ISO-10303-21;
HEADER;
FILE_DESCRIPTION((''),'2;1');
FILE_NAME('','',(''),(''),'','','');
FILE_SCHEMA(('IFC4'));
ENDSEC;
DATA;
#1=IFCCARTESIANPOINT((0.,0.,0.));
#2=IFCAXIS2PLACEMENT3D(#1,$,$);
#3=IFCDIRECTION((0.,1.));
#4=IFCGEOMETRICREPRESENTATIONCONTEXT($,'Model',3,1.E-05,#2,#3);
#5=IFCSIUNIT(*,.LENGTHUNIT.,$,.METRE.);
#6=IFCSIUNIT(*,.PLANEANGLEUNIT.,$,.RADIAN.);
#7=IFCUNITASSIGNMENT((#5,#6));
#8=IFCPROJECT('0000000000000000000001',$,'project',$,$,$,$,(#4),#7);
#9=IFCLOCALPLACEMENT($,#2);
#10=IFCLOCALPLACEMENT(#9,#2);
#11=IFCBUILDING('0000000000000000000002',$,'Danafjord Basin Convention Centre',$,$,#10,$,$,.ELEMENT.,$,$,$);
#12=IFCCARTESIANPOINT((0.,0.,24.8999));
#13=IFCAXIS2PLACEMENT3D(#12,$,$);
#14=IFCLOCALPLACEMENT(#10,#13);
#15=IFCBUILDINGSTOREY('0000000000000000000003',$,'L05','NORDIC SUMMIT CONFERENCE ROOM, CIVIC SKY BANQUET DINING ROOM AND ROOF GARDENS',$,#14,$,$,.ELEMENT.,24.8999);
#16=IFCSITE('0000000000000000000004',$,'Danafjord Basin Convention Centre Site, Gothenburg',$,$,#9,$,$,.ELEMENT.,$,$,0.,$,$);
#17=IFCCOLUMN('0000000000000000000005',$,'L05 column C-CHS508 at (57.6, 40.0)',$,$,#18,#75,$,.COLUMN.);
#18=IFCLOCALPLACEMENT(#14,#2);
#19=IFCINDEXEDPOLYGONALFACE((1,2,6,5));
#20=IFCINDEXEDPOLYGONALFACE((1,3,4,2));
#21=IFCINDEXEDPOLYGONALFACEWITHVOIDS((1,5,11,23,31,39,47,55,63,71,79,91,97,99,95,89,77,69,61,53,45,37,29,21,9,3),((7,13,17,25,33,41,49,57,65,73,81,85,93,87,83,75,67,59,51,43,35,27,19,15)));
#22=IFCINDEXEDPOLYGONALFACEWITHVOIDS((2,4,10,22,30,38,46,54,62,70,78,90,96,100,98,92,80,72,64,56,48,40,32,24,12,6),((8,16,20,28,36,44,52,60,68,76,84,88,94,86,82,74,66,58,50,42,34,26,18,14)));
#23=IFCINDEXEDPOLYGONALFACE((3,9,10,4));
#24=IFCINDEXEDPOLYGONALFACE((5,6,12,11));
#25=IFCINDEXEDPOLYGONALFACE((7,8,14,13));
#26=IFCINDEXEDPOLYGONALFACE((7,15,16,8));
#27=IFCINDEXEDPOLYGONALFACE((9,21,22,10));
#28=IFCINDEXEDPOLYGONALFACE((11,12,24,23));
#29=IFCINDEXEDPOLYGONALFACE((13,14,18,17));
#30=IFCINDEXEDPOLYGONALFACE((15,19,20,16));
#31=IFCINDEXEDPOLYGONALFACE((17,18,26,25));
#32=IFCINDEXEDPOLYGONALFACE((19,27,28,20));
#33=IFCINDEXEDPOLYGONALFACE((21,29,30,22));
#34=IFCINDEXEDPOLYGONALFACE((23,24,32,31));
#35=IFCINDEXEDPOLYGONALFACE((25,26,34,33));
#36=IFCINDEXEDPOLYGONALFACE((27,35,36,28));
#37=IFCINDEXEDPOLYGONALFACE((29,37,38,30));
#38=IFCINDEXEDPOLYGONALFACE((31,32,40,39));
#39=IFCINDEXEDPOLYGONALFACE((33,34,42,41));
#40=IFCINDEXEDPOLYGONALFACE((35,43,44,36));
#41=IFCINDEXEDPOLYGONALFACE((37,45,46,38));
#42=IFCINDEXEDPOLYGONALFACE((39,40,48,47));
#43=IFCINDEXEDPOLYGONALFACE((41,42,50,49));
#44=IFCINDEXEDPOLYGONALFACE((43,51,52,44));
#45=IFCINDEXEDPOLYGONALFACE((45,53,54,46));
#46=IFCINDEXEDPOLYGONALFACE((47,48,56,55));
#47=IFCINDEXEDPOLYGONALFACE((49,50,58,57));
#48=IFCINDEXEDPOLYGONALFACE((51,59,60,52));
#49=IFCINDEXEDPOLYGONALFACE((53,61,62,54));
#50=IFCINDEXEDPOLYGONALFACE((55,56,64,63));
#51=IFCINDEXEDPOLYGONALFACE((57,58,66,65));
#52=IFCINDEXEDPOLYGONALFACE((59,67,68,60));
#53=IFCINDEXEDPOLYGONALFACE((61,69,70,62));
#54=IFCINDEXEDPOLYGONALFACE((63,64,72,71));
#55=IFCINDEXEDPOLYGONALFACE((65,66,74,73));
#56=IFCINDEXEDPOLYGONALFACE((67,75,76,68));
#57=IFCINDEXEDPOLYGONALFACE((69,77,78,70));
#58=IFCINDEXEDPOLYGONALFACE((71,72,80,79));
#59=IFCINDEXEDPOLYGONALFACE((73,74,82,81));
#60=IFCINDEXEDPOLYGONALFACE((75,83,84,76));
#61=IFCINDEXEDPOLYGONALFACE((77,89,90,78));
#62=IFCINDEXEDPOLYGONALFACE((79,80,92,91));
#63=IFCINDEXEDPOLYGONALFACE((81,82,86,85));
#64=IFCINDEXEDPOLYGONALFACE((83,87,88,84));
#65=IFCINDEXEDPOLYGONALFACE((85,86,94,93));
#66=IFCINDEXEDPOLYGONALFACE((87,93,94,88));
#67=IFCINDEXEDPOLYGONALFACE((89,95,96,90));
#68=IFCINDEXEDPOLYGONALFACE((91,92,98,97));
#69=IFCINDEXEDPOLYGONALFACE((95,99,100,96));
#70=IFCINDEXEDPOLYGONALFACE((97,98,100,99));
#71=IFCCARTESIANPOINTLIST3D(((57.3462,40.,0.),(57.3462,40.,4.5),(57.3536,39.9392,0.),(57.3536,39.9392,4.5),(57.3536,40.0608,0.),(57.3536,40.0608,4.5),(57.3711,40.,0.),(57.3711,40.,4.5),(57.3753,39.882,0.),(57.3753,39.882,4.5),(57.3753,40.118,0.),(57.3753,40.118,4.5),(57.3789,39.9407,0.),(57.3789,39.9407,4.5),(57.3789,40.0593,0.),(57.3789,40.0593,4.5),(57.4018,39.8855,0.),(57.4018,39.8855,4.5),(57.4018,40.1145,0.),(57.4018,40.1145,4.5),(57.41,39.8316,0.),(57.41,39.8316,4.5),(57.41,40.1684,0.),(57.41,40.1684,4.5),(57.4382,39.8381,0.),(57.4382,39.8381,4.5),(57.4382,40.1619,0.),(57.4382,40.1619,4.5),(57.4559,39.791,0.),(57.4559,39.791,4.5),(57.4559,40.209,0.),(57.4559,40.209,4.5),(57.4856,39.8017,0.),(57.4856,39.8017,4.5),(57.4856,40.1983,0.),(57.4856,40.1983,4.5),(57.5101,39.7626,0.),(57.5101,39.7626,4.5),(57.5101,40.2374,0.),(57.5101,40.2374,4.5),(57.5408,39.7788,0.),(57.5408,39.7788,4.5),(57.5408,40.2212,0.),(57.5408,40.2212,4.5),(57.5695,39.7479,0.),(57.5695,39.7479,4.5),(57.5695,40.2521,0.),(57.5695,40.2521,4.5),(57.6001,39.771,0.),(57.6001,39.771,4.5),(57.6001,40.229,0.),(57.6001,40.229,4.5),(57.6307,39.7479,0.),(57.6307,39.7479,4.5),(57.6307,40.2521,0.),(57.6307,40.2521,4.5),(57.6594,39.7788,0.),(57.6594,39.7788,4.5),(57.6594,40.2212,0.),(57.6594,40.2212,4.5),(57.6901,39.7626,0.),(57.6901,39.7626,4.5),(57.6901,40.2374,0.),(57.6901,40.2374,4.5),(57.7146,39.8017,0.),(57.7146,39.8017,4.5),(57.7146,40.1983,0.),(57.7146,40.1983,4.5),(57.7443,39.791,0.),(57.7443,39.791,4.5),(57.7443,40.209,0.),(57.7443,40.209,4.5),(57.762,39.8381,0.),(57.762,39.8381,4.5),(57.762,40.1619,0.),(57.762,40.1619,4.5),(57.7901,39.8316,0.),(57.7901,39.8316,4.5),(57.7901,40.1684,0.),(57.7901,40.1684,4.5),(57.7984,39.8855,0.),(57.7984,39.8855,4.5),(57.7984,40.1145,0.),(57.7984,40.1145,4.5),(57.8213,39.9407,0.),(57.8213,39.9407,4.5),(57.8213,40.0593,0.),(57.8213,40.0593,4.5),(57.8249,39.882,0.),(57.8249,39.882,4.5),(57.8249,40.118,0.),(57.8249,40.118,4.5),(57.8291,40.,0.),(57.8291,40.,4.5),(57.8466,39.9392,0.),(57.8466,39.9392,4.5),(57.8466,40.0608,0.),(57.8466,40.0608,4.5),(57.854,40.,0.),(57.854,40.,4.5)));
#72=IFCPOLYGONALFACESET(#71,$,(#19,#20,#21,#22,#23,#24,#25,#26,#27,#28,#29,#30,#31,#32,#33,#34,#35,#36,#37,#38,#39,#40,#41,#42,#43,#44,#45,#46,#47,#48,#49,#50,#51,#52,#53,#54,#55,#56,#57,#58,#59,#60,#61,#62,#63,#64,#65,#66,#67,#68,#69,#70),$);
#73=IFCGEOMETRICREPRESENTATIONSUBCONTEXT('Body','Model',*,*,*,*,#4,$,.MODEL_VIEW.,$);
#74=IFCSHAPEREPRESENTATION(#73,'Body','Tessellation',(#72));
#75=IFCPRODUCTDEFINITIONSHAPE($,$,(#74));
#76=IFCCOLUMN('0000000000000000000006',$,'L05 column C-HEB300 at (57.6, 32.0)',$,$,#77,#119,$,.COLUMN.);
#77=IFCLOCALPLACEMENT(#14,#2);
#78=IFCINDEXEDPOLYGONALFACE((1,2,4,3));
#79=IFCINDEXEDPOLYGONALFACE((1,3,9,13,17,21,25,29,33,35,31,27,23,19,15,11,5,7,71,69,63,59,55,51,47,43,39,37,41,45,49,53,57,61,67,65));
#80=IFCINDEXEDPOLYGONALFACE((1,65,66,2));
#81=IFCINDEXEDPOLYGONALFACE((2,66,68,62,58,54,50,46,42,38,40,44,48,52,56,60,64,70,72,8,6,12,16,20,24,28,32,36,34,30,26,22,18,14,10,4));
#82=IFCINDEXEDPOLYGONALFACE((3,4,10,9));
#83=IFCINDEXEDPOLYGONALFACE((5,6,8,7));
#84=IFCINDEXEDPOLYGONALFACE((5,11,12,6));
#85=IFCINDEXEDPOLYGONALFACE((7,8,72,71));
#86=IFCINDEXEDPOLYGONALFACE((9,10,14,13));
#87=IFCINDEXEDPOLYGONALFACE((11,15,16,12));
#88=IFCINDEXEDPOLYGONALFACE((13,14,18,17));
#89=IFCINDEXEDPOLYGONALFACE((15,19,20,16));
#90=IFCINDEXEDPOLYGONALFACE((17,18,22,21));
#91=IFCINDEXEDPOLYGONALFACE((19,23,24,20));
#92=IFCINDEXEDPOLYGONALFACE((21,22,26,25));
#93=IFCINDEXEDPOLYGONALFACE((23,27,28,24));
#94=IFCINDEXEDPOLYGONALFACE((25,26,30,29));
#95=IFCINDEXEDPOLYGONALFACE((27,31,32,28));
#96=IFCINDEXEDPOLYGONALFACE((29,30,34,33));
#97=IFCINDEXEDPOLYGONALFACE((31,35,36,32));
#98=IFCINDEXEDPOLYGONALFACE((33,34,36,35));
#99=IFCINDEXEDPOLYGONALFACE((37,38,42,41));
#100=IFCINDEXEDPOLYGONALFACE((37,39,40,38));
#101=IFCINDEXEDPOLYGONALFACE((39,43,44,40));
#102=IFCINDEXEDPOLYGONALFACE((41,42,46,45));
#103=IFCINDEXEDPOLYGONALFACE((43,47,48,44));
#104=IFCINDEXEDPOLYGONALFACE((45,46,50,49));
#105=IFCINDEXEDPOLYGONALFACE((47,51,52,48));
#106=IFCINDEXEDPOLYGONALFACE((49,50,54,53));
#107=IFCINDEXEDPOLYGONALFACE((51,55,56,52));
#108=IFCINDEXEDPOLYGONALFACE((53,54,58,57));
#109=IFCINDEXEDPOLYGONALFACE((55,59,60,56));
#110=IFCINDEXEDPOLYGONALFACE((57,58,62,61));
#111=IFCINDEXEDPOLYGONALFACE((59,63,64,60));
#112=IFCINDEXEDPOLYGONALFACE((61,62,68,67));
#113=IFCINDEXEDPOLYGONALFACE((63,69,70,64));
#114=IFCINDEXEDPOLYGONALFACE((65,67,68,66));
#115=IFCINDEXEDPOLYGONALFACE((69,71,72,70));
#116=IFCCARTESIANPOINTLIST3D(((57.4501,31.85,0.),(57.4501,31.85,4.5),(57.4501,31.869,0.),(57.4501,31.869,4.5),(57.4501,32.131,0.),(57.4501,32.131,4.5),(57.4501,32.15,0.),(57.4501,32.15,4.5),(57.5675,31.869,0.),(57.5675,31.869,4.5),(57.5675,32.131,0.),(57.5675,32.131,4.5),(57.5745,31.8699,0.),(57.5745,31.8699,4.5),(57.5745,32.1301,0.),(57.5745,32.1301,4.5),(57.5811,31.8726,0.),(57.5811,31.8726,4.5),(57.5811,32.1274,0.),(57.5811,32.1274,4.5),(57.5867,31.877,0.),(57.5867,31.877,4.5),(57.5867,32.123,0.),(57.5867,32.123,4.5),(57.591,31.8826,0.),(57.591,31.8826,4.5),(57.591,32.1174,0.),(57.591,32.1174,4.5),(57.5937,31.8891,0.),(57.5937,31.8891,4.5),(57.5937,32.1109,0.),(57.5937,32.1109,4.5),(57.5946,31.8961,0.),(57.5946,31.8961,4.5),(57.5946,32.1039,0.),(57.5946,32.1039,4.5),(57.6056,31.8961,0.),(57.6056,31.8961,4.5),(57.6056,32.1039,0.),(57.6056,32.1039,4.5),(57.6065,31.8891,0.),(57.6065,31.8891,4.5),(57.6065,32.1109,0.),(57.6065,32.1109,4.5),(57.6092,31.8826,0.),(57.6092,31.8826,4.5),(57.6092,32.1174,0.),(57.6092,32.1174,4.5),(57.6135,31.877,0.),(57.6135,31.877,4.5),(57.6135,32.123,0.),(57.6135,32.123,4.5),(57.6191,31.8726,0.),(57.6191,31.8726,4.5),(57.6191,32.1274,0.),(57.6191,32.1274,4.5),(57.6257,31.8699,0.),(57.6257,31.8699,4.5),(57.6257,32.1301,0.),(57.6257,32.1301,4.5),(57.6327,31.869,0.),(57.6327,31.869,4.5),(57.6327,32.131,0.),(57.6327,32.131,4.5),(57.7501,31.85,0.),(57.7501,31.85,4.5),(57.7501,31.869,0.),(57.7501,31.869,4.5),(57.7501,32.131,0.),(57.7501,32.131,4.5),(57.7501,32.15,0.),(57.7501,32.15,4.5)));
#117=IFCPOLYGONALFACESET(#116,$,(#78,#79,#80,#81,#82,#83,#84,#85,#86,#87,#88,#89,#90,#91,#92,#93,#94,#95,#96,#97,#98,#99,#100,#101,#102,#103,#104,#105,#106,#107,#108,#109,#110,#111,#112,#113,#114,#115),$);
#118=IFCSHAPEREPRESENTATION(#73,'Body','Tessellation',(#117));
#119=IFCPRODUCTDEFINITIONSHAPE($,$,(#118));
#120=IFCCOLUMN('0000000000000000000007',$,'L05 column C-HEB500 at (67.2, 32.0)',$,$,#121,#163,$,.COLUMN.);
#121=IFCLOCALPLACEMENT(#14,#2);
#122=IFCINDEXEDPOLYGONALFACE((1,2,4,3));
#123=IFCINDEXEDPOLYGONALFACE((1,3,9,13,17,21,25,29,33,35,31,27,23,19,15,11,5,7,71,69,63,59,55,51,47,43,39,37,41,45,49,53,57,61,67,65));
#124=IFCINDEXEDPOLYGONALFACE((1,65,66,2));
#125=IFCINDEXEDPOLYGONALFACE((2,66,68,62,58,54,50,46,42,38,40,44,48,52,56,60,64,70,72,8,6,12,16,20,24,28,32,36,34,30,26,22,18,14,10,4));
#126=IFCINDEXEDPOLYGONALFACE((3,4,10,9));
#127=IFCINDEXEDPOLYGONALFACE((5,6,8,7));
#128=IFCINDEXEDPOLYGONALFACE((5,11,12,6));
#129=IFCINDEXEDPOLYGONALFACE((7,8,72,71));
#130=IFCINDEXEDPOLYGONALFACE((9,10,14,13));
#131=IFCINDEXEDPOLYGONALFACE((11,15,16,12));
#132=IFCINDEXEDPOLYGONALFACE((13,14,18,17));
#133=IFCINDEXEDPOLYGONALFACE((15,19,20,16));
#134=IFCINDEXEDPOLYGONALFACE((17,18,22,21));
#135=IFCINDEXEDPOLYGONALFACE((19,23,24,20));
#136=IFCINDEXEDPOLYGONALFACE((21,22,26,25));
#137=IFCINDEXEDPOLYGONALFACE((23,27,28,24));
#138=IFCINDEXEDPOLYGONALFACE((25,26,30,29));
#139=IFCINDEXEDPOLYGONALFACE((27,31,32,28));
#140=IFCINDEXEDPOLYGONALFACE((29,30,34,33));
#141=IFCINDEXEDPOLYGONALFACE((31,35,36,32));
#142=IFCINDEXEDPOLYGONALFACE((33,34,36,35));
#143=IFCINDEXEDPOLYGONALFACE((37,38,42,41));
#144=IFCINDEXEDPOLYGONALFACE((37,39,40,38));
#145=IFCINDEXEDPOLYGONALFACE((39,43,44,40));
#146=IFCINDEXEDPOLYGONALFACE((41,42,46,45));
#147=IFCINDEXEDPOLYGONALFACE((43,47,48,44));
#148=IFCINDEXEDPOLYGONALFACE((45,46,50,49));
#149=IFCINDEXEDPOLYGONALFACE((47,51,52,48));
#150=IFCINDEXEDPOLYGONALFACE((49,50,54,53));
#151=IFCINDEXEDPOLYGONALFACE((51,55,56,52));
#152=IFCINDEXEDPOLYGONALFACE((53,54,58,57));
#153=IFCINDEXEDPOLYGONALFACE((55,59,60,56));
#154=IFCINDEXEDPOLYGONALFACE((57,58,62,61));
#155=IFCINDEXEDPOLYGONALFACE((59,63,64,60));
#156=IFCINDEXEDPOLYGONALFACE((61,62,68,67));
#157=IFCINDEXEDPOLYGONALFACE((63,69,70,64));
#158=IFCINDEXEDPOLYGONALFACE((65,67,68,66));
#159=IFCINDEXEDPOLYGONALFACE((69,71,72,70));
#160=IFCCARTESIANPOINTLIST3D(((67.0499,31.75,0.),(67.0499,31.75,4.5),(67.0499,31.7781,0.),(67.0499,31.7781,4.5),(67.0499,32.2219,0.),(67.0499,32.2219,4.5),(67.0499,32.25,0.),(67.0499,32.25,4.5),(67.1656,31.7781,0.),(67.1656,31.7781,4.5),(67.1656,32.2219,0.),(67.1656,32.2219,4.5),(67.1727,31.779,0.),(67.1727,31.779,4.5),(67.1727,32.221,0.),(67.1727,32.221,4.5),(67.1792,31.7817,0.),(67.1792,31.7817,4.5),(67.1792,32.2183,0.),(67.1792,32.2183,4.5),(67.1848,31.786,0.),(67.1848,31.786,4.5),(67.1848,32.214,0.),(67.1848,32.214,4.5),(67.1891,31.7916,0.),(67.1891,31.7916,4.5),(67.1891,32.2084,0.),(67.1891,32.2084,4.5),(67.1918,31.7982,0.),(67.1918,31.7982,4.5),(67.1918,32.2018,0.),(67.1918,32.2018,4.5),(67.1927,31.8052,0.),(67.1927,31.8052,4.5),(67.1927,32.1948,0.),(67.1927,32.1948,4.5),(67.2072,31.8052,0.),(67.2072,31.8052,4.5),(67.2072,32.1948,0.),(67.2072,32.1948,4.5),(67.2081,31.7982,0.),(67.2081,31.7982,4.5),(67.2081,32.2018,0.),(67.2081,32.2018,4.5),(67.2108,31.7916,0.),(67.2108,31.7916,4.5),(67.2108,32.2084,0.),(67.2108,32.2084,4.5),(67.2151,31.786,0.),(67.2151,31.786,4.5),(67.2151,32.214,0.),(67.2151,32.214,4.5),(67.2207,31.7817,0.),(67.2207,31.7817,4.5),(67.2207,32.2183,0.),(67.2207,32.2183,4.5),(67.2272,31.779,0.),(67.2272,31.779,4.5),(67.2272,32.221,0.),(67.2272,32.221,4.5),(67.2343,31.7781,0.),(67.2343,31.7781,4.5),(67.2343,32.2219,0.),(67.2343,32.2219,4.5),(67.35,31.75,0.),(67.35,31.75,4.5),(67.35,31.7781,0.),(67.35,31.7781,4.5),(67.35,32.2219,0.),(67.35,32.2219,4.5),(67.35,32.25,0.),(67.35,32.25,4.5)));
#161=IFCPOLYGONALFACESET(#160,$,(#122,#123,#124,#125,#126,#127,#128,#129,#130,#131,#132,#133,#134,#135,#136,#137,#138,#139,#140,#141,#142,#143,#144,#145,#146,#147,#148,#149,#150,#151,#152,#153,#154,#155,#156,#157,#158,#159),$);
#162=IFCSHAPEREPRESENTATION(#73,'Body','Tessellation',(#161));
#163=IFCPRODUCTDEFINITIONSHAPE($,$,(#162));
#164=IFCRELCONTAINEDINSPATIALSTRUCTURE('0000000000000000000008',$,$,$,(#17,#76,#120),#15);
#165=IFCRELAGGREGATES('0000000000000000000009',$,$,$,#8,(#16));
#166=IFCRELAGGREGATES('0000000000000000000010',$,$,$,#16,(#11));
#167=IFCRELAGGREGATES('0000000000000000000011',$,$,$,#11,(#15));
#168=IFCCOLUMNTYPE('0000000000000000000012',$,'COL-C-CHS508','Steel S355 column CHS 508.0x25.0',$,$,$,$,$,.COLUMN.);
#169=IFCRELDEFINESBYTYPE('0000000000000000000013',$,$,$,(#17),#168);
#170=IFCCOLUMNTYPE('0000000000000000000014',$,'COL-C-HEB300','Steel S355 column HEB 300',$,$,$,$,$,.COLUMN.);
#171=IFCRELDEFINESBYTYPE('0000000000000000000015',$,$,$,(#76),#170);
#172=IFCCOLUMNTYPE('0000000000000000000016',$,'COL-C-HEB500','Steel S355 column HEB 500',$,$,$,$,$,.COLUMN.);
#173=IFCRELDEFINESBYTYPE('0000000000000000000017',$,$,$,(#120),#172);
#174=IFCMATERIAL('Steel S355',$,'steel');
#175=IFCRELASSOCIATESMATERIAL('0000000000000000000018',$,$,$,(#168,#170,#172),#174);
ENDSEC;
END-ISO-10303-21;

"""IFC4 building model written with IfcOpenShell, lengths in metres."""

from ifc_helpers import new_model, si_unit, direction, frame, origin, origin_2d, place, context, subcontext, project, spatial, hollow_circle, i_section, extrude, material, material_profile, profile_set, type_object, element, save


model = new_model("IFC4")

# Units and contexts
model_context = context("Model", 3, precision=1e-05, world=origin(), true_north=direction((0.0, 1.0)))
body_context = subcontext(model_context, "Body", "Model", "MODEL_VIEW")
ifc_project = project(units=[si_unit("LENGTHUNIT", "METRE"), si_unit("PLANEANGLEUNIT", "RADIAN")], contexts=[model_context])

# Site, building, storey
site_placement = place(None, origin())
site = spatial("IfcSite", under=ifc_project, at=site_placement, Name="Danafjord Basin Convention Centre Site, Gothenburg", CompositionType="ELEMENT", RefElevation=0.0)
building_placement = place(site_placement, origin())
building = spatial("IfcBuilding", under=site, at=building_placement, Name="Danafjord Basin Convention Centre", CompositionType="ELEMENT")
storey_placement = place(building_placement, frame((0.0, 0.0, 24.8999)))
storey = spatial("IfcBuildingStorey", under=building, at=storey_placement, Name="L05", Description="NORDIC SUMMIT CONFERENCE ROOM, CIVIC SKY BANQUET DINING ROOM AND ROOF GARDENS", CompositionType="ELEMENT", Elevation=24.8999)

# Columns
ifc_material_1 = material(Name="Steel S355", Category="steel")
ifc_material_profile_1 = material_profile(ifc_material_1, hollow_circle(Radius=0.2539, WallThickness=0.0249, at=origin_2d()), Name="CHS 508.0x25.0")
ifc_profile_set_1 = profile_set([ifc_material_profile_1], Name="Steel S355")
column_type_1 = type_object("IfcColumnType", Name="COL-C-CHS508", Description="Steel S355 column CHS 508.0x25.0", PredefinedType="COLUMN", material=ifc_profile_set_1)
column_1_placement = place(storey_placement, frame((57.6001, 40.0, 0.0), z_axis=(0.0, 0.0, 1.0), x_axis=(1.0, 0.0, 0.0)))
element("IfcColumn", 1, at=column_1_placement, inside=storey, type_object=column_type_1, Name="L05 column C-CHS508 at (57.6, 40.0)", PredefinedType="COLUMN", context=body_context, shape_type="SweptSolid", body=[
    extrude(hollow_circle(Radius=0.2539, WallThickness=0.0249, at=origin_2d()), origin(), (0.0, 0.0, 1.0), 4.5),
])
ifc_material_profile_2 = material_profile(ifc_material_1, i_section(OverallWidth=0.3, OverallDepth=0.3, WebThickness=0.011, FlangeThickness=0.019, FilletRadius=0.0271, at=origin_2d()), Name="HEB 300")
ifc_profile_set_2 = profile_set([ifc_material_profile_2], Name="Steel S355")
column_type_2 = type_object("IfcColumnType", Name="COL-C-HEB300", Description="Steel S355 column HEB 300", PredefinedType="COLUMN", material=ifc_profile_set_2)
column_2_placement = place(storey_placement, frame((57.6001, 32.0, 0.0), z_axis=(0.0, 0.0, 1.0), x_axis=(1.0, 0.0, 0.0)))
element("IfcColumn", 2, at=column_2_placement, inside=storey, type_object=column_type_2, Name="L05 column C-HEB300 at (57.6, 32.0)", PredefinedType="COLUMN", context=body_context, shape_type="SweptSolid", body=[
    extrude(i_section(OverallWidth=0.3, OverallDepth=0.3, WebThickness=0.011, FlangeThickness=0.019, FilletRadius=0.0271, at=origin_2d()), origin(), (0.0, 0.0, 1.0), 4.5),
])
ifc_material_profile_3 = material_profile(ifc_material_1, i_section(OverallWidth=0.3, OverallDepth=0.5, WebThickness=0.0144, FlangeThickness=0.0281, FilletRadius=0.0271, at=origin_2d()), Name="HEB 500")
ifc_profile_set_3 = profile_set([ifc_material_profile_3], Name="Steel S355")
column_type_3 = type_object("IfcColumnType", Name="COL-C-HEB500", Description="Steel S355 column HEB 500", PredefinedType="COLUMN", material=ifc_profile_set_3)
column_3_placement = place(storey_placement, frame((67.2, 32.0, 0.0), z_axis=(0.0, 0.0, 1.0), x_axis=(1.0, 0.0, 0.0)))
element("IfcColumn", 3, at=column_3_placement, inside=storey, type_object=column_type_3, Name="L05 column C-HEB500 at (67.2, 32.0)", PredefinedType="COLUMN", context=body_context, shape_type="SweptSolid", body=[
    extrude(i_section(OverallWidth=0.3, OverallDepth=0.5, WebThickness=0.0144, FlangeThickness=0.0281, FilletRadius=0.0271, at=origin_2d()), origin(), (0.0, 0.0, 1.0), 4.5),
])

save(model, "model.ifc")
